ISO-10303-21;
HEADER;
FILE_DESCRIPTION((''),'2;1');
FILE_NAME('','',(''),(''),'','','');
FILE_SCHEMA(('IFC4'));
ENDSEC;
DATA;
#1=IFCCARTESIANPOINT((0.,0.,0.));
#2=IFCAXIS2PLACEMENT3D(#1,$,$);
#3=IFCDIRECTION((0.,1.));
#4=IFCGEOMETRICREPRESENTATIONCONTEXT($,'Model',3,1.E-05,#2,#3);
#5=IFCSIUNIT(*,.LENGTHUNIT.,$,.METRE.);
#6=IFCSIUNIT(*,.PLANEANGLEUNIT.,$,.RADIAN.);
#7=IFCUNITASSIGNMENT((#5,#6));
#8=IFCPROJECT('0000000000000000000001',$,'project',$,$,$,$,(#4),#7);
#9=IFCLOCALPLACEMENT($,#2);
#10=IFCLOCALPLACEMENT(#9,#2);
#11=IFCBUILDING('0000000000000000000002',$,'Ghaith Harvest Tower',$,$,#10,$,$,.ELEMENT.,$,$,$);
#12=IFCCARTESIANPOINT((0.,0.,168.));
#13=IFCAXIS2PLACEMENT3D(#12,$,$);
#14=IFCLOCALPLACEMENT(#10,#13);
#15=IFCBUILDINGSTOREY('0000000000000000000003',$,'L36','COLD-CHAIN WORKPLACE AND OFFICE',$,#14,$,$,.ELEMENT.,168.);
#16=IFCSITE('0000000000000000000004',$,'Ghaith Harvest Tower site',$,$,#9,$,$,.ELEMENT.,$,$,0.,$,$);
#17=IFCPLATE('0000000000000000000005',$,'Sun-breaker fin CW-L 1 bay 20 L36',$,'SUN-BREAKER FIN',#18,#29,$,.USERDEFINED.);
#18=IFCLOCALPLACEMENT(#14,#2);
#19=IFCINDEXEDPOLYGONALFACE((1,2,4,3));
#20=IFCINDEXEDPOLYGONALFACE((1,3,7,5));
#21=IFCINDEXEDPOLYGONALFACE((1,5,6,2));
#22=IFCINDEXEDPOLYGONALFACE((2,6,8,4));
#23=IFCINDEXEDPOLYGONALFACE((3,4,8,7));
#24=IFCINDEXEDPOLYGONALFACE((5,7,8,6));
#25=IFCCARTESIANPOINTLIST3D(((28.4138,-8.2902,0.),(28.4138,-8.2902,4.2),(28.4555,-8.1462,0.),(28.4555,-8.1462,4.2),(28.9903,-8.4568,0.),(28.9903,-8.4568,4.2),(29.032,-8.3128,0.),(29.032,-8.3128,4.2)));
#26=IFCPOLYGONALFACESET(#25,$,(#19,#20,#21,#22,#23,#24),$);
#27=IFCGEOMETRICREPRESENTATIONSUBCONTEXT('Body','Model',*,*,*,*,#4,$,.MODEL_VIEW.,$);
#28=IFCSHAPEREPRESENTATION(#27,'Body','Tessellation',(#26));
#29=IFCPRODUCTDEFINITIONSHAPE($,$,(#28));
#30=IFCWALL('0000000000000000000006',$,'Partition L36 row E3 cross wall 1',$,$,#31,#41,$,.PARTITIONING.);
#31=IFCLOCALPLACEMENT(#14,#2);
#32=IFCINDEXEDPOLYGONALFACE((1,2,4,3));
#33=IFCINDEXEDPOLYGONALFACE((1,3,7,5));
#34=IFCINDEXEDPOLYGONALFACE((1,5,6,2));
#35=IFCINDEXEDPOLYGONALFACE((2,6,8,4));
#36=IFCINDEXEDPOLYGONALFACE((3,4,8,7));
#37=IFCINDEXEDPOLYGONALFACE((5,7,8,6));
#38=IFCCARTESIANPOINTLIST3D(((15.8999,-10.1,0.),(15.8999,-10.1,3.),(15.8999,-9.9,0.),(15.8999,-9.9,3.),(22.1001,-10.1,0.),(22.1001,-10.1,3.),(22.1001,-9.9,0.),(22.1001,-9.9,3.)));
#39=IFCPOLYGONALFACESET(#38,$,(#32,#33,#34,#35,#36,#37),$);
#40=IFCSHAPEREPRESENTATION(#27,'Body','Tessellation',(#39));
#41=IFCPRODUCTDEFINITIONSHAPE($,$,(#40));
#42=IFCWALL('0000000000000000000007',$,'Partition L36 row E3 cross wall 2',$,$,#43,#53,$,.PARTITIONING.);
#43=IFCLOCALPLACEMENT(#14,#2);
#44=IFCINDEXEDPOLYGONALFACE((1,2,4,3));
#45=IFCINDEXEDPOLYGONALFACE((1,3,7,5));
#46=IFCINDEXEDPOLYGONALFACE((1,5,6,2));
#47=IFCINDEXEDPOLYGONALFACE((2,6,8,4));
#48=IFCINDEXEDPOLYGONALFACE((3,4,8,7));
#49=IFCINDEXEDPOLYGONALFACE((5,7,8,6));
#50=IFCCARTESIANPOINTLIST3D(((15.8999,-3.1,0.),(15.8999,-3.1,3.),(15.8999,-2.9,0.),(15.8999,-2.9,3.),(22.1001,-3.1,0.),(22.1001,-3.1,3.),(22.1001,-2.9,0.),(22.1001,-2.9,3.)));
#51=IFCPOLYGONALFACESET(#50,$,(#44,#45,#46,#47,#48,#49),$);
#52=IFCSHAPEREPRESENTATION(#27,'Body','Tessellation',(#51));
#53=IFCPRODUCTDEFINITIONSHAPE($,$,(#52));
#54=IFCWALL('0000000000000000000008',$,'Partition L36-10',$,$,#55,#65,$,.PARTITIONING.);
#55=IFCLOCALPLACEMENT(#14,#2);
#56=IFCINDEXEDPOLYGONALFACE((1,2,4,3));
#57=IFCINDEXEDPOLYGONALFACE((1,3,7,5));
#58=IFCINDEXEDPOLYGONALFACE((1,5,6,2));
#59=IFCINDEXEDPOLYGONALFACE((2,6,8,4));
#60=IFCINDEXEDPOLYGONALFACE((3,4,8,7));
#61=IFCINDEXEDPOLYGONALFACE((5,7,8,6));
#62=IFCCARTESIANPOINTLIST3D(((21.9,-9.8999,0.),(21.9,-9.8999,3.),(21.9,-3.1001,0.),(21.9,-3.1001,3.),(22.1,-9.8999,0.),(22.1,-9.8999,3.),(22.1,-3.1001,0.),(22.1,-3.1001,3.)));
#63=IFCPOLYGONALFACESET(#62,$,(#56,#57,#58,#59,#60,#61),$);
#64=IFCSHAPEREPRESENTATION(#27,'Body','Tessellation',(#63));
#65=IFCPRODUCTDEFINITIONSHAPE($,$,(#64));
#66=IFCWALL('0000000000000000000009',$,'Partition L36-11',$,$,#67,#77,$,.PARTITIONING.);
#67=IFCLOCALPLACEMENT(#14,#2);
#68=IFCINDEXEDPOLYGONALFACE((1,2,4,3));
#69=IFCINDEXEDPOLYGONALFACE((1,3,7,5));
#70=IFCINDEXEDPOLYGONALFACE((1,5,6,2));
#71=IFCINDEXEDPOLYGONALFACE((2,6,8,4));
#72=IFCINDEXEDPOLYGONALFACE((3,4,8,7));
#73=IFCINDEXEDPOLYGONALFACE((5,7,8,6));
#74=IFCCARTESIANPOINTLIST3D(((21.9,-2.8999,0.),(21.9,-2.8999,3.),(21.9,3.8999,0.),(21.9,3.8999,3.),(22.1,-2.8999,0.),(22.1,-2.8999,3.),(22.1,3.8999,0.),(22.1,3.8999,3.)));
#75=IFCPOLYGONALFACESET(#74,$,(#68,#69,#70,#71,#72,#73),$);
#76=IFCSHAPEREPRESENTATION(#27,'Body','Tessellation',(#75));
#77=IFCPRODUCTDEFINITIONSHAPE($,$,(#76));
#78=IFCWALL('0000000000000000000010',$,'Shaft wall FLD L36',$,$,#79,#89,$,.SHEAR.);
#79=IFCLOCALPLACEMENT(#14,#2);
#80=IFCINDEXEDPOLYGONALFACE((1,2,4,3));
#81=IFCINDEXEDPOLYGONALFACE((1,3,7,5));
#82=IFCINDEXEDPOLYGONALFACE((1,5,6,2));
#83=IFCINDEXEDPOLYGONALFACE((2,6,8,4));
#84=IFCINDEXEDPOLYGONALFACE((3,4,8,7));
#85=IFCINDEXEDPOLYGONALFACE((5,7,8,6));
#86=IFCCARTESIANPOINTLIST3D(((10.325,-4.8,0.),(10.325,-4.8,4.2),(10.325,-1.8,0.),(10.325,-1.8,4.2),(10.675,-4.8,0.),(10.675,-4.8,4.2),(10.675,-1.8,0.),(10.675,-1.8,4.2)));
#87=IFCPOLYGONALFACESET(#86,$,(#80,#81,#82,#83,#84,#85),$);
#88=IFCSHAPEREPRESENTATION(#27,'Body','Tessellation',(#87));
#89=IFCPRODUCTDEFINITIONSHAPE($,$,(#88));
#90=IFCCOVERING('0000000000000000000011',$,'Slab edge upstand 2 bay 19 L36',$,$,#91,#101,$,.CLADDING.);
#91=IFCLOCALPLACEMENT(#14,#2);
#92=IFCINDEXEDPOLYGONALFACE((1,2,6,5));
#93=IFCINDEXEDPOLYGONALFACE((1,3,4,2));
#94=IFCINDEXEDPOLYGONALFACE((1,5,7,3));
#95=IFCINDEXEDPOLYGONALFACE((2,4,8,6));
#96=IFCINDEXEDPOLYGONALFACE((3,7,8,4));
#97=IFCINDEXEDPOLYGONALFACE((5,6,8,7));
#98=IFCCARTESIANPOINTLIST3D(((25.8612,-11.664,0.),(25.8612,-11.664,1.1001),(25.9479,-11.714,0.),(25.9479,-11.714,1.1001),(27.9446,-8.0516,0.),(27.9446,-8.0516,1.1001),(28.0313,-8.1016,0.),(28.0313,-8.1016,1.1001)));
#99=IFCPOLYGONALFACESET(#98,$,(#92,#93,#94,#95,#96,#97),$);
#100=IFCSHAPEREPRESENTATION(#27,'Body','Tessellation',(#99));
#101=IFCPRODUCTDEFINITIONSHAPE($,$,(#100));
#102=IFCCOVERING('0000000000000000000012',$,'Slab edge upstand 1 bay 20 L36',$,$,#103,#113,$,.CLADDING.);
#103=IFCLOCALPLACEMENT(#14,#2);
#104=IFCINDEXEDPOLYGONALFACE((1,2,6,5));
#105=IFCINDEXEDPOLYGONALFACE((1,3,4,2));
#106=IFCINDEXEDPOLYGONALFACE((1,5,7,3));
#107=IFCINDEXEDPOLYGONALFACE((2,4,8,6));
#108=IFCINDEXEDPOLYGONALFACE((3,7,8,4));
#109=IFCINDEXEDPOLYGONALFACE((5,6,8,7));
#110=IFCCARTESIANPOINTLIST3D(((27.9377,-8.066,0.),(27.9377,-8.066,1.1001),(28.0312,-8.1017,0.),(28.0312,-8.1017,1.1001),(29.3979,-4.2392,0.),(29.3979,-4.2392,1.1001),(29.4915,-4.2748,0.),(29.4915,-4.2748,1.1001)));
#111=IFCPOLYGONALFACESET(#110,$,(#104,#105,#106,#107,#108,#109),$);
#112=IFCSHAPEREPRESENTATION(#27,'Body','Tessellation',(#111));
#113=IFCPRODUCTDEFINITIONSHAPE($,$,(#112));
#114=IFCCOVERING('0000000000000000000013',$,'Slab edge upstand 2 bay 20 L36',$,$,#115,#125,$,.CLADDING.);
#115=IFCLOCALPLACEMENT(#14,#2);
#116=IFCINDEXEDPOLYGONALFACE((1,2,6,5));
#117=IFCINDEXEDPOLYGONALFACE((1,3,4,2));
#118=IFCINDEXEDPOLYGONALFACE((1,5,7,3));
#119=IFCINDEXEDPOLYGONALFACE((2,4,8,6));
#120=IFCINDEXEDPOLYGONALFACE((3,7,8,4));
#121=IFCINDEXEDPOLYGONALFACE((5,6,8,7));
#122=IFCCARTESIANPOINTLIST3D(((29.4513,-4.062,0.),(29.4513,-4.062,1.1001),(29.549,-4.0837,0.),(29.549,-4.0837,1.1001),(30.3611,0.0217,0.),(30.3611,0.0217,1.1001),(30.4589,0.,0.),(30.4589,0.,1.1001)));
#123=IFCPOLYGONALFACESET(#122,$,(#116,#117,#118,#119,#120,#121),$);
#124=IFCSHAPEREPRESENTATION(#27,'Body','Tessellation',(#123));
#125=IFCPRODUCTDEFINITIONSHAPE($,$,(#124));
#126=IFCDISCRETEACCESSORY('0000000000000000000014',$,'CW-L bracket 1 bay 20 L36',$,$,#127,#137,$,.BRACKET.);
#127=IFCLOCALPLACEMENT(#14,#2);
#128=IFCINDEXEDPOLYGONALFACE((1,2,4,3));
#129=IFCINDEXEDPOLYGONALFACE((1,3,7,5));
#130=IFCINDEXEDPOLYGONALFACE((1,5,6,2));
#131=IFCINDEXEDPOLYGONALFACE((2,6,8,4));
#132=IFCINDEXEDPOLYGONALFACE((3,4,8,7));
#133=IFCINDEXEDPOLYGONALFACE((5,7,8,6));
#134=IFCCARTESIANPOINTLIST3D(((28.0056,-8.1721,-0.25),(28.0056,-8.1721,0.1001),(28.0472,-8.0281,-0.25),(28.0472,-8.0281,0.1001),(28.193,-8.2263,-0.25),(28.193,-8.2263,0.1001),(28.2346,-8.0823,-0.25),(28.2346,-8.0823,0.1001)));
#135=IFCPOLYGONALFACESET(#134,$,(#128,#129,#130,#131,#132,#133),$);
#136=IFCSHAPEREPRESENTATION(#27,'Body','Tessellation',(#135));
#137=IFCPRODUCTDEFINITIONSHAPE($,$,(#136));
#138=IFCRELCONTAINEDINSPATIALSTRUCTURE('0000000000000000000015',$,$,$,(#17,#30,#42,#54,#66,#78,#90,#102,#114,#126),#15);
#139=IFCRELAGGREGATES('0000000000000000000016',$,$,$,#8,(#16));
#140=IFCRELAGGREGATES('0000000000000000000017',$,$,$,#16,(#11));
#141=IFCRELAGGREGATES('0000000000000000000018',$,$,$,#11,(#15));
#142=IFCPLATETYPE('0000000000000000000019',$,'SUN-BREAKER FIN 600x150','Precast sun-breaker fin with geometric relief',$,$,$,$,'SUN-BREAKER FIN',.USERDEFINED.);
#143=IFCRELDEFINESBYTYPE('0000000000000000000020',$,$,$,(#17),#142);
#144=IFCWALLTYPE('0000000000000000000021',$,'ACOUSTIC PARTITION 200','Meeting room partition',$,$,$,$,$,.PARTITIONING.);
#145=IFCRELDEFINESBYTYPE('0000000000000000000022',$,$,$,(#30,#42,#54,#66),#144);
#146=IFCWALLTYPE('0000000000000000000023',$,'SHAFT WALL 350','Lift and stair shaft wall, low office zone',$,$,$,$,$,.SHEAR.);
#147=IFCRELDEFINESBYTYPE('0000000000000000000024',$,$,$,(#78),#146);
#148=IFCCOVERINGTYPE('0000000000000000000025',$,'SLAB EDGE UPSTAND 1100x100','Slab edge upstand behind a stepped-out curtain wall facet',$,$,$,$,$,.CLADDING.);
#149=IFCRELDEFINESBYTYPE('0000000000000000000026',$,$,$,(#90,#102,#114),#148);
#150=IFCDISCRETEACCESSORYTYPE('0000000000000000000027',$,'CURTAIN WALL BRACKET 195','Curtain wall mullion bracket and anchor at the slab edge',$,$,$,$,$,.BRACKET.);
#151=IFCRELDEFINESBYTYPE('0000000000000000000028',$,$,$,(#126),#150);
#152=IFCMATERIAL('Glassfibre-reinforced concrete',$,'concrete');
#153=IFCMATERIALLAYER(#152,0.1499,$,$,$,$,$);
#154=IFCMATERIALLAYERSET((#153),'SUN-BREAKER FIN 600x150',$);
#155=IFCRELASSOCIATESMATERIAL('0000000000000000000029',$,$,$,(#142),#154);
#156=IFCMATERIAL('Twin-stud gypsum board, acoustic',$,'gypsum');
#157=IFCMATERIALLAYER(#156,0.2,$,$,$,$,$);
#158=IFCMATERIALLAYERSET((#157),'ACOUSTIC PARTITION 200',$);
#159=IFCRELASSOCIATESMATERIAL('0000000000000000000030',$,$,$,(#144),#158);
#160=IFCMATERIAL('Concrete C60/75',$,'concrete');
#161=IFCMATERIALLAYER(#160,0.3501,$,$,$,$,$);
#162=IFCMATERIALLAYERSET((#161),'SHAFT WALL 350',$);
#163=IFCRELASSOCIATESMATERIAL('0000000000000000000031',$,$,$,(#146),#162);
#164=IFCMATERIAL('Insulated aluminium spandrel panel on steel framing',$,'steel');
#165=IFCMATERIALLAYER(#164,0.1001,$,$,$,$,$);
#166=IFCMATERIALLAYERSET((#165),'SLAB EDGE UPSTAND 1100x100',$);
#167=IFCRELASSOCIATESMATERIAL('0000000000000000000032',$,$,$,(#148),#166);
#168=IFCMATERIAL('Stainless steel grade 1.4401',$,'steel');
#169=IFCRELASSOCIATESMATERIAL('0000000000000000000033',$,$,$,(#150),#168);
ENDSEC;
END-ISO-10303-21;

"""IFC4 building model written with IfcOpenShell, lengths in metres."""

from ifc_helpers import new_model, si_unit, direction, frame, frame_2d, origin, origin_2d, place, context, subcontext, project, spatial, rectangle, extrude, material, layer, layer_set, type_object, element, save


model = new_model("IFC4")

# Units and contexts
model_context = context("Model", 3, precision=1e-05, world=origin(), true_north=direction((0.0, 1.0)))
body_context = subcontext(model_context, "Body", "Model", "MODEL_VIEW")
ifc_project = project(units=[si_unit("LENGTHUNIT", "METRE"), si_unit("PLANEANGLEUNIT", "RADIAN")], contexts=[model_context])

# Site, building, storey
site_placement = place(None, origin())
site = spatial("IfcSite", under=ifc_project, at=site_placement, Name="Ghaith Harvest Tower site", CompositionType="ELEMENT", RefElevation=0.0)
building_placement = place(site_placement, origin())
building = spatial("IfcBuilding", under=site, at=building_placement, Name="Ghaith Harvest Tower", CompositionType="ELEMENT")
storey_placement = place(building_placement, frame((0.0, 0.0, 168.0)))
storey = spatial("IfcBuildingStorey", under=building, at=storey_placement, Name="L36", Description="COLD-CHAIN WORKPLACE AND OFFICE", CompositionType="ELEMENT", Elevation=168.0)

# Plate
ifc_material_1 = material(Name="Glassfibre-reinforced concrete", Category="concrete")
ifc_layer_1 = layer(ifc_material_1, 0.1499)
ifc_layer_set_1 = layer_set([ifc_layer_1], Name="SUN-BREAKER FIN 600x150")
plate_type_1 = type_object("IfcPlateType", Name="SUN-BREAKER FIN 600x150", Description="Precast sun-breaker fin with geometric relief", ElementType="SUN-BREAKER FIN", PredefinedType="USERDEFINED", material=ifc_layer_set_1)
plate_1_placement = place(storey_placement, frame((28.7229, -8.3015, 0.0), z_axis=(0.0, 0.0, 1.0), x_axis=(0.96068, -0.277657, 0.0)))
element("IfcPlate", 1, at=plate_1_placement, inside=storey, type_object=plate_type_1, Name="Sun-breaker fin CW-L 1 bay 20 L36", ObjectType="SUN-BREAKER FIN", PredefinedType="USERDEFINED", context=body_context, shape_type="SweptSolid", body=[
    extrude(rectangle(XDim=0.6001, YDim=0.1499, at=origin_2d()), origin(), (0.0, 0.0, 1.0), 4.2),
])

# Walls
ifc_material_2 = material(Name="Twin-stud gypsum board, acoustic", Category="gypsum")
ifc_layer_2 = layer(ifc_material_2, 0.2)
ifc_layer_set_2 = layer_set([ifc_layer_2], Name="ACOUSTIC PARTITION 200")
wall_type_1 = type_object("IfcWallType", Name="ACOUSTIC PARTITION 200", Description="Meeting room partition", PredefinedType="PARTITIONING", material=ifc_layer_set_2)
for number, where, z_axis, x_axis, name in (
    (2, (15.8999, -10.0, 0.0), (0.0, 0.0, 1.0), (1.0, 0.0, 0.0), "Partition L36 row E3 cross wall 1"),
    (3, (15.8999, -3.0, 0.0), (0.0, 0.0, 1.0), (1.0, 0.0, 0.0), "Partition L36 row E3 cross wall 2"),
):
    element("IfcWall", number, at=place(storey_placement, frame(where, z_axis=z_axis, x_axis=x_axis)), inside=storey, type_object=wall_type_1, Name=name, PredefinedType="PARTITIONING", context=body_context, shape_type="SweptSolid", body=[
        extrude(rectangle(XDim=6.2002, YDim=0.2, at=frame_2d((3.1001, 0.0))), origin(), (0.0, 0.0, 1.0), 3.0),
    ])

# Wall
wall_1_placement = place(storey_placement, frame((22.0, -9.8999, 0.0), z_axis=(0.0, 0.0, 1.0), x_axis=(0.0, 1.0, 0.0)))
element("IfcWall", 4, at=wall_1_placement, inside=storey, type_object=wall_type_1, Name="Partition L36-10", PredefinedType="PARTITIONING", context=body_context, shape_type="SweptSolid", body=[
    extrude(rectangle(XDim=6.7998, YDim=0.2, at=frame_2d((3.3999, 0.0))), origin(), (0.0, 0.0, 1.0), 3.0),
])

# Wall
wall_2_placement = place(storey_placement, frame((22.0, -2.8999, 0.0), z_axis=(0.0, 0.0, 1.0), x_axis=(0.0, 1.0, 0.0)))
element("IfcWall", 5, at=wall_2_placement, inside=storey, type_object=wall_type_1, Name="Partition L36-11", PredefinedType="PARTITIONING", context=body_context, shape_type="SweptSolid", body=[
    extrude(rectangle(XDim=6.7998, YDim=0.2, at=frame_2d((3.3999, 0.0))), origin(), (0.0, 0.0, 1.0), 3.0),
])

# Wall
ifc_material_3 = material(Name="Concrete C60/75", Category="concrete")
ifc_layer_3 = layer(ifc_material_3, 0.3501)
ifc_layer_set_3 = layer_set([ifc_layer_3], Name="SHAFT WALL 350")
wall_type_2 = type_object("IfcWallType", Name="SHAFT WALL 350", Description="Lift and stair shaft wall, low office zone", PredefinedType="SHEAR", material=ifc_layer_set_3)
wall_3_placement = place(storey_placement, frame((10.5, -4.8, 0.0), z_axis=(0.0, 0.0, 1.0), x_axis=(0.0, 1.0, 0.0)))
element("IfcWall", 6, at=wall_3_placement, inside=storey, type_object=wall_type_2, Name="Shaft wall FLD L36", PredefinedType="SHEAR", context=body_context, shape_type="SweptSolid", body=[
    extrude(rectangle(XDim=3.0, YDim=0.3501, at=frame_2d((1.5, 0.0))), origin(), (0.0, 0.0, 1.0), 4.2),
])

# Coverings
ifc_material_4 = material(Name="Insulated aluminium spandrel panel on steel framing", Category="steel")
ifc_layer_4 = layer(ifc_material_4, 0.1001)
ifc_layer_set_4 = layer_set([ifc_layer_4], Name="SLAB EDGE UPSTAND 1100x100")
covering_type = type_object("IfcCoveringType", Name="SLAB EDGE UPSTAND 1100x100", Description="Slab edge upstand behind a stepped-out curtain wall facet", PredefinedType="CLADDING", material=ifc_layer_set_4)
covering_1_placement = place(storey_placement, frame((26.9463, -9.8828, 0.0), z_axis=(0.0, 0.0, 1.0), x_axis=(0.499596, 0.866258, 0.0)))
element("IfcCovering", 7, at=covering_1_placement, inside=storey, type_object=covering_type, Name="Slab edge upstand 2 bay 19 L36", PredefinedType="CLADDING", context=body_context, shape_type="SweptSolid", body=[
    extrude(rectangle(XDim=4.1702, YDim=0.1001, at=origin_2d()), origin(), (0.0, 0.0, 1.0), 1.1001),
])
covering_2_placement = place(storey_placement, frame((28.7146, -6.1704, 0.0), z_axis=(0.0, 0.0, 1.0), x_axis=(0.356504, 0.934294, 0.0)))
element("IfcCovering", 8, at=covering_2_placement, inside=storey, type_object=covering_type, Name="Slab edge upstand 1 bay 20 L36", PredefinedType="CLADDING", context=body_context, shape_type="SweptSolid", body=[
    extrude(rectangle(XDim=4.0959, YDim=0.1001, at=origin_2d()), origin(), (0.0, 0.0, 1.0), 1.1001),
])
covering_3_placement = place(storey_placement, frame((29.9551, -2.031, 0.0), z_axis=(0.0, 0.0, 1.0), x_axis=(0.217466, 0.976068, 0.0)))
element("IfcCovering", 9, at=covering_3_placement, inside=storey, type_object=covering_type, Name="Slab edge upstand 2 bay 20 L36", PredefinedType="CLADDING", context=body_context, shape_type="SweptSolid", body=[
    extrude(rectangle(XDim=4.1838, YDim=0.1001, at=origin_2d()), origin(), (0.0, 0.0, 1.0), 1.1001),
])

# Discrete accessory
ifc_material_5 = material(Name="Stainless steel grade 1.4401", Category="steel")
discrete_accessory_type = type_object("IfcDiscreteAccessoryType", Name="CURTAIN WALL BRACKET 195", Description="Curtain wall mullion bracket and anchor at the slab edge", PredefinedType="BRACKET", material=ifc_material_5)
discrete_accessory_placement = place(storey_placement, frame((28.1201, -8.1272, -0.25), z_axis=(0.0, 0.0, 1.0), x_axis=(0.96068, -0.277657, 0.0)))
element("IfcDiscreteAccessory", 10, at=discrete_accessory_placement, inside=storey, type_object=discrete_accessory_type, Name="CW-L bracket 1 bay 20 L36", PredefinedType="BRACKET", context=body_context, shape_type="SweptSolid", body=[
    extrude(rectangle(XDim=0.1951, YDim=0.1499, at=origin_2d()), origin(), (0.0, 0.0, 1.0), 0.3501),
])

save(model, "model.ifc")
